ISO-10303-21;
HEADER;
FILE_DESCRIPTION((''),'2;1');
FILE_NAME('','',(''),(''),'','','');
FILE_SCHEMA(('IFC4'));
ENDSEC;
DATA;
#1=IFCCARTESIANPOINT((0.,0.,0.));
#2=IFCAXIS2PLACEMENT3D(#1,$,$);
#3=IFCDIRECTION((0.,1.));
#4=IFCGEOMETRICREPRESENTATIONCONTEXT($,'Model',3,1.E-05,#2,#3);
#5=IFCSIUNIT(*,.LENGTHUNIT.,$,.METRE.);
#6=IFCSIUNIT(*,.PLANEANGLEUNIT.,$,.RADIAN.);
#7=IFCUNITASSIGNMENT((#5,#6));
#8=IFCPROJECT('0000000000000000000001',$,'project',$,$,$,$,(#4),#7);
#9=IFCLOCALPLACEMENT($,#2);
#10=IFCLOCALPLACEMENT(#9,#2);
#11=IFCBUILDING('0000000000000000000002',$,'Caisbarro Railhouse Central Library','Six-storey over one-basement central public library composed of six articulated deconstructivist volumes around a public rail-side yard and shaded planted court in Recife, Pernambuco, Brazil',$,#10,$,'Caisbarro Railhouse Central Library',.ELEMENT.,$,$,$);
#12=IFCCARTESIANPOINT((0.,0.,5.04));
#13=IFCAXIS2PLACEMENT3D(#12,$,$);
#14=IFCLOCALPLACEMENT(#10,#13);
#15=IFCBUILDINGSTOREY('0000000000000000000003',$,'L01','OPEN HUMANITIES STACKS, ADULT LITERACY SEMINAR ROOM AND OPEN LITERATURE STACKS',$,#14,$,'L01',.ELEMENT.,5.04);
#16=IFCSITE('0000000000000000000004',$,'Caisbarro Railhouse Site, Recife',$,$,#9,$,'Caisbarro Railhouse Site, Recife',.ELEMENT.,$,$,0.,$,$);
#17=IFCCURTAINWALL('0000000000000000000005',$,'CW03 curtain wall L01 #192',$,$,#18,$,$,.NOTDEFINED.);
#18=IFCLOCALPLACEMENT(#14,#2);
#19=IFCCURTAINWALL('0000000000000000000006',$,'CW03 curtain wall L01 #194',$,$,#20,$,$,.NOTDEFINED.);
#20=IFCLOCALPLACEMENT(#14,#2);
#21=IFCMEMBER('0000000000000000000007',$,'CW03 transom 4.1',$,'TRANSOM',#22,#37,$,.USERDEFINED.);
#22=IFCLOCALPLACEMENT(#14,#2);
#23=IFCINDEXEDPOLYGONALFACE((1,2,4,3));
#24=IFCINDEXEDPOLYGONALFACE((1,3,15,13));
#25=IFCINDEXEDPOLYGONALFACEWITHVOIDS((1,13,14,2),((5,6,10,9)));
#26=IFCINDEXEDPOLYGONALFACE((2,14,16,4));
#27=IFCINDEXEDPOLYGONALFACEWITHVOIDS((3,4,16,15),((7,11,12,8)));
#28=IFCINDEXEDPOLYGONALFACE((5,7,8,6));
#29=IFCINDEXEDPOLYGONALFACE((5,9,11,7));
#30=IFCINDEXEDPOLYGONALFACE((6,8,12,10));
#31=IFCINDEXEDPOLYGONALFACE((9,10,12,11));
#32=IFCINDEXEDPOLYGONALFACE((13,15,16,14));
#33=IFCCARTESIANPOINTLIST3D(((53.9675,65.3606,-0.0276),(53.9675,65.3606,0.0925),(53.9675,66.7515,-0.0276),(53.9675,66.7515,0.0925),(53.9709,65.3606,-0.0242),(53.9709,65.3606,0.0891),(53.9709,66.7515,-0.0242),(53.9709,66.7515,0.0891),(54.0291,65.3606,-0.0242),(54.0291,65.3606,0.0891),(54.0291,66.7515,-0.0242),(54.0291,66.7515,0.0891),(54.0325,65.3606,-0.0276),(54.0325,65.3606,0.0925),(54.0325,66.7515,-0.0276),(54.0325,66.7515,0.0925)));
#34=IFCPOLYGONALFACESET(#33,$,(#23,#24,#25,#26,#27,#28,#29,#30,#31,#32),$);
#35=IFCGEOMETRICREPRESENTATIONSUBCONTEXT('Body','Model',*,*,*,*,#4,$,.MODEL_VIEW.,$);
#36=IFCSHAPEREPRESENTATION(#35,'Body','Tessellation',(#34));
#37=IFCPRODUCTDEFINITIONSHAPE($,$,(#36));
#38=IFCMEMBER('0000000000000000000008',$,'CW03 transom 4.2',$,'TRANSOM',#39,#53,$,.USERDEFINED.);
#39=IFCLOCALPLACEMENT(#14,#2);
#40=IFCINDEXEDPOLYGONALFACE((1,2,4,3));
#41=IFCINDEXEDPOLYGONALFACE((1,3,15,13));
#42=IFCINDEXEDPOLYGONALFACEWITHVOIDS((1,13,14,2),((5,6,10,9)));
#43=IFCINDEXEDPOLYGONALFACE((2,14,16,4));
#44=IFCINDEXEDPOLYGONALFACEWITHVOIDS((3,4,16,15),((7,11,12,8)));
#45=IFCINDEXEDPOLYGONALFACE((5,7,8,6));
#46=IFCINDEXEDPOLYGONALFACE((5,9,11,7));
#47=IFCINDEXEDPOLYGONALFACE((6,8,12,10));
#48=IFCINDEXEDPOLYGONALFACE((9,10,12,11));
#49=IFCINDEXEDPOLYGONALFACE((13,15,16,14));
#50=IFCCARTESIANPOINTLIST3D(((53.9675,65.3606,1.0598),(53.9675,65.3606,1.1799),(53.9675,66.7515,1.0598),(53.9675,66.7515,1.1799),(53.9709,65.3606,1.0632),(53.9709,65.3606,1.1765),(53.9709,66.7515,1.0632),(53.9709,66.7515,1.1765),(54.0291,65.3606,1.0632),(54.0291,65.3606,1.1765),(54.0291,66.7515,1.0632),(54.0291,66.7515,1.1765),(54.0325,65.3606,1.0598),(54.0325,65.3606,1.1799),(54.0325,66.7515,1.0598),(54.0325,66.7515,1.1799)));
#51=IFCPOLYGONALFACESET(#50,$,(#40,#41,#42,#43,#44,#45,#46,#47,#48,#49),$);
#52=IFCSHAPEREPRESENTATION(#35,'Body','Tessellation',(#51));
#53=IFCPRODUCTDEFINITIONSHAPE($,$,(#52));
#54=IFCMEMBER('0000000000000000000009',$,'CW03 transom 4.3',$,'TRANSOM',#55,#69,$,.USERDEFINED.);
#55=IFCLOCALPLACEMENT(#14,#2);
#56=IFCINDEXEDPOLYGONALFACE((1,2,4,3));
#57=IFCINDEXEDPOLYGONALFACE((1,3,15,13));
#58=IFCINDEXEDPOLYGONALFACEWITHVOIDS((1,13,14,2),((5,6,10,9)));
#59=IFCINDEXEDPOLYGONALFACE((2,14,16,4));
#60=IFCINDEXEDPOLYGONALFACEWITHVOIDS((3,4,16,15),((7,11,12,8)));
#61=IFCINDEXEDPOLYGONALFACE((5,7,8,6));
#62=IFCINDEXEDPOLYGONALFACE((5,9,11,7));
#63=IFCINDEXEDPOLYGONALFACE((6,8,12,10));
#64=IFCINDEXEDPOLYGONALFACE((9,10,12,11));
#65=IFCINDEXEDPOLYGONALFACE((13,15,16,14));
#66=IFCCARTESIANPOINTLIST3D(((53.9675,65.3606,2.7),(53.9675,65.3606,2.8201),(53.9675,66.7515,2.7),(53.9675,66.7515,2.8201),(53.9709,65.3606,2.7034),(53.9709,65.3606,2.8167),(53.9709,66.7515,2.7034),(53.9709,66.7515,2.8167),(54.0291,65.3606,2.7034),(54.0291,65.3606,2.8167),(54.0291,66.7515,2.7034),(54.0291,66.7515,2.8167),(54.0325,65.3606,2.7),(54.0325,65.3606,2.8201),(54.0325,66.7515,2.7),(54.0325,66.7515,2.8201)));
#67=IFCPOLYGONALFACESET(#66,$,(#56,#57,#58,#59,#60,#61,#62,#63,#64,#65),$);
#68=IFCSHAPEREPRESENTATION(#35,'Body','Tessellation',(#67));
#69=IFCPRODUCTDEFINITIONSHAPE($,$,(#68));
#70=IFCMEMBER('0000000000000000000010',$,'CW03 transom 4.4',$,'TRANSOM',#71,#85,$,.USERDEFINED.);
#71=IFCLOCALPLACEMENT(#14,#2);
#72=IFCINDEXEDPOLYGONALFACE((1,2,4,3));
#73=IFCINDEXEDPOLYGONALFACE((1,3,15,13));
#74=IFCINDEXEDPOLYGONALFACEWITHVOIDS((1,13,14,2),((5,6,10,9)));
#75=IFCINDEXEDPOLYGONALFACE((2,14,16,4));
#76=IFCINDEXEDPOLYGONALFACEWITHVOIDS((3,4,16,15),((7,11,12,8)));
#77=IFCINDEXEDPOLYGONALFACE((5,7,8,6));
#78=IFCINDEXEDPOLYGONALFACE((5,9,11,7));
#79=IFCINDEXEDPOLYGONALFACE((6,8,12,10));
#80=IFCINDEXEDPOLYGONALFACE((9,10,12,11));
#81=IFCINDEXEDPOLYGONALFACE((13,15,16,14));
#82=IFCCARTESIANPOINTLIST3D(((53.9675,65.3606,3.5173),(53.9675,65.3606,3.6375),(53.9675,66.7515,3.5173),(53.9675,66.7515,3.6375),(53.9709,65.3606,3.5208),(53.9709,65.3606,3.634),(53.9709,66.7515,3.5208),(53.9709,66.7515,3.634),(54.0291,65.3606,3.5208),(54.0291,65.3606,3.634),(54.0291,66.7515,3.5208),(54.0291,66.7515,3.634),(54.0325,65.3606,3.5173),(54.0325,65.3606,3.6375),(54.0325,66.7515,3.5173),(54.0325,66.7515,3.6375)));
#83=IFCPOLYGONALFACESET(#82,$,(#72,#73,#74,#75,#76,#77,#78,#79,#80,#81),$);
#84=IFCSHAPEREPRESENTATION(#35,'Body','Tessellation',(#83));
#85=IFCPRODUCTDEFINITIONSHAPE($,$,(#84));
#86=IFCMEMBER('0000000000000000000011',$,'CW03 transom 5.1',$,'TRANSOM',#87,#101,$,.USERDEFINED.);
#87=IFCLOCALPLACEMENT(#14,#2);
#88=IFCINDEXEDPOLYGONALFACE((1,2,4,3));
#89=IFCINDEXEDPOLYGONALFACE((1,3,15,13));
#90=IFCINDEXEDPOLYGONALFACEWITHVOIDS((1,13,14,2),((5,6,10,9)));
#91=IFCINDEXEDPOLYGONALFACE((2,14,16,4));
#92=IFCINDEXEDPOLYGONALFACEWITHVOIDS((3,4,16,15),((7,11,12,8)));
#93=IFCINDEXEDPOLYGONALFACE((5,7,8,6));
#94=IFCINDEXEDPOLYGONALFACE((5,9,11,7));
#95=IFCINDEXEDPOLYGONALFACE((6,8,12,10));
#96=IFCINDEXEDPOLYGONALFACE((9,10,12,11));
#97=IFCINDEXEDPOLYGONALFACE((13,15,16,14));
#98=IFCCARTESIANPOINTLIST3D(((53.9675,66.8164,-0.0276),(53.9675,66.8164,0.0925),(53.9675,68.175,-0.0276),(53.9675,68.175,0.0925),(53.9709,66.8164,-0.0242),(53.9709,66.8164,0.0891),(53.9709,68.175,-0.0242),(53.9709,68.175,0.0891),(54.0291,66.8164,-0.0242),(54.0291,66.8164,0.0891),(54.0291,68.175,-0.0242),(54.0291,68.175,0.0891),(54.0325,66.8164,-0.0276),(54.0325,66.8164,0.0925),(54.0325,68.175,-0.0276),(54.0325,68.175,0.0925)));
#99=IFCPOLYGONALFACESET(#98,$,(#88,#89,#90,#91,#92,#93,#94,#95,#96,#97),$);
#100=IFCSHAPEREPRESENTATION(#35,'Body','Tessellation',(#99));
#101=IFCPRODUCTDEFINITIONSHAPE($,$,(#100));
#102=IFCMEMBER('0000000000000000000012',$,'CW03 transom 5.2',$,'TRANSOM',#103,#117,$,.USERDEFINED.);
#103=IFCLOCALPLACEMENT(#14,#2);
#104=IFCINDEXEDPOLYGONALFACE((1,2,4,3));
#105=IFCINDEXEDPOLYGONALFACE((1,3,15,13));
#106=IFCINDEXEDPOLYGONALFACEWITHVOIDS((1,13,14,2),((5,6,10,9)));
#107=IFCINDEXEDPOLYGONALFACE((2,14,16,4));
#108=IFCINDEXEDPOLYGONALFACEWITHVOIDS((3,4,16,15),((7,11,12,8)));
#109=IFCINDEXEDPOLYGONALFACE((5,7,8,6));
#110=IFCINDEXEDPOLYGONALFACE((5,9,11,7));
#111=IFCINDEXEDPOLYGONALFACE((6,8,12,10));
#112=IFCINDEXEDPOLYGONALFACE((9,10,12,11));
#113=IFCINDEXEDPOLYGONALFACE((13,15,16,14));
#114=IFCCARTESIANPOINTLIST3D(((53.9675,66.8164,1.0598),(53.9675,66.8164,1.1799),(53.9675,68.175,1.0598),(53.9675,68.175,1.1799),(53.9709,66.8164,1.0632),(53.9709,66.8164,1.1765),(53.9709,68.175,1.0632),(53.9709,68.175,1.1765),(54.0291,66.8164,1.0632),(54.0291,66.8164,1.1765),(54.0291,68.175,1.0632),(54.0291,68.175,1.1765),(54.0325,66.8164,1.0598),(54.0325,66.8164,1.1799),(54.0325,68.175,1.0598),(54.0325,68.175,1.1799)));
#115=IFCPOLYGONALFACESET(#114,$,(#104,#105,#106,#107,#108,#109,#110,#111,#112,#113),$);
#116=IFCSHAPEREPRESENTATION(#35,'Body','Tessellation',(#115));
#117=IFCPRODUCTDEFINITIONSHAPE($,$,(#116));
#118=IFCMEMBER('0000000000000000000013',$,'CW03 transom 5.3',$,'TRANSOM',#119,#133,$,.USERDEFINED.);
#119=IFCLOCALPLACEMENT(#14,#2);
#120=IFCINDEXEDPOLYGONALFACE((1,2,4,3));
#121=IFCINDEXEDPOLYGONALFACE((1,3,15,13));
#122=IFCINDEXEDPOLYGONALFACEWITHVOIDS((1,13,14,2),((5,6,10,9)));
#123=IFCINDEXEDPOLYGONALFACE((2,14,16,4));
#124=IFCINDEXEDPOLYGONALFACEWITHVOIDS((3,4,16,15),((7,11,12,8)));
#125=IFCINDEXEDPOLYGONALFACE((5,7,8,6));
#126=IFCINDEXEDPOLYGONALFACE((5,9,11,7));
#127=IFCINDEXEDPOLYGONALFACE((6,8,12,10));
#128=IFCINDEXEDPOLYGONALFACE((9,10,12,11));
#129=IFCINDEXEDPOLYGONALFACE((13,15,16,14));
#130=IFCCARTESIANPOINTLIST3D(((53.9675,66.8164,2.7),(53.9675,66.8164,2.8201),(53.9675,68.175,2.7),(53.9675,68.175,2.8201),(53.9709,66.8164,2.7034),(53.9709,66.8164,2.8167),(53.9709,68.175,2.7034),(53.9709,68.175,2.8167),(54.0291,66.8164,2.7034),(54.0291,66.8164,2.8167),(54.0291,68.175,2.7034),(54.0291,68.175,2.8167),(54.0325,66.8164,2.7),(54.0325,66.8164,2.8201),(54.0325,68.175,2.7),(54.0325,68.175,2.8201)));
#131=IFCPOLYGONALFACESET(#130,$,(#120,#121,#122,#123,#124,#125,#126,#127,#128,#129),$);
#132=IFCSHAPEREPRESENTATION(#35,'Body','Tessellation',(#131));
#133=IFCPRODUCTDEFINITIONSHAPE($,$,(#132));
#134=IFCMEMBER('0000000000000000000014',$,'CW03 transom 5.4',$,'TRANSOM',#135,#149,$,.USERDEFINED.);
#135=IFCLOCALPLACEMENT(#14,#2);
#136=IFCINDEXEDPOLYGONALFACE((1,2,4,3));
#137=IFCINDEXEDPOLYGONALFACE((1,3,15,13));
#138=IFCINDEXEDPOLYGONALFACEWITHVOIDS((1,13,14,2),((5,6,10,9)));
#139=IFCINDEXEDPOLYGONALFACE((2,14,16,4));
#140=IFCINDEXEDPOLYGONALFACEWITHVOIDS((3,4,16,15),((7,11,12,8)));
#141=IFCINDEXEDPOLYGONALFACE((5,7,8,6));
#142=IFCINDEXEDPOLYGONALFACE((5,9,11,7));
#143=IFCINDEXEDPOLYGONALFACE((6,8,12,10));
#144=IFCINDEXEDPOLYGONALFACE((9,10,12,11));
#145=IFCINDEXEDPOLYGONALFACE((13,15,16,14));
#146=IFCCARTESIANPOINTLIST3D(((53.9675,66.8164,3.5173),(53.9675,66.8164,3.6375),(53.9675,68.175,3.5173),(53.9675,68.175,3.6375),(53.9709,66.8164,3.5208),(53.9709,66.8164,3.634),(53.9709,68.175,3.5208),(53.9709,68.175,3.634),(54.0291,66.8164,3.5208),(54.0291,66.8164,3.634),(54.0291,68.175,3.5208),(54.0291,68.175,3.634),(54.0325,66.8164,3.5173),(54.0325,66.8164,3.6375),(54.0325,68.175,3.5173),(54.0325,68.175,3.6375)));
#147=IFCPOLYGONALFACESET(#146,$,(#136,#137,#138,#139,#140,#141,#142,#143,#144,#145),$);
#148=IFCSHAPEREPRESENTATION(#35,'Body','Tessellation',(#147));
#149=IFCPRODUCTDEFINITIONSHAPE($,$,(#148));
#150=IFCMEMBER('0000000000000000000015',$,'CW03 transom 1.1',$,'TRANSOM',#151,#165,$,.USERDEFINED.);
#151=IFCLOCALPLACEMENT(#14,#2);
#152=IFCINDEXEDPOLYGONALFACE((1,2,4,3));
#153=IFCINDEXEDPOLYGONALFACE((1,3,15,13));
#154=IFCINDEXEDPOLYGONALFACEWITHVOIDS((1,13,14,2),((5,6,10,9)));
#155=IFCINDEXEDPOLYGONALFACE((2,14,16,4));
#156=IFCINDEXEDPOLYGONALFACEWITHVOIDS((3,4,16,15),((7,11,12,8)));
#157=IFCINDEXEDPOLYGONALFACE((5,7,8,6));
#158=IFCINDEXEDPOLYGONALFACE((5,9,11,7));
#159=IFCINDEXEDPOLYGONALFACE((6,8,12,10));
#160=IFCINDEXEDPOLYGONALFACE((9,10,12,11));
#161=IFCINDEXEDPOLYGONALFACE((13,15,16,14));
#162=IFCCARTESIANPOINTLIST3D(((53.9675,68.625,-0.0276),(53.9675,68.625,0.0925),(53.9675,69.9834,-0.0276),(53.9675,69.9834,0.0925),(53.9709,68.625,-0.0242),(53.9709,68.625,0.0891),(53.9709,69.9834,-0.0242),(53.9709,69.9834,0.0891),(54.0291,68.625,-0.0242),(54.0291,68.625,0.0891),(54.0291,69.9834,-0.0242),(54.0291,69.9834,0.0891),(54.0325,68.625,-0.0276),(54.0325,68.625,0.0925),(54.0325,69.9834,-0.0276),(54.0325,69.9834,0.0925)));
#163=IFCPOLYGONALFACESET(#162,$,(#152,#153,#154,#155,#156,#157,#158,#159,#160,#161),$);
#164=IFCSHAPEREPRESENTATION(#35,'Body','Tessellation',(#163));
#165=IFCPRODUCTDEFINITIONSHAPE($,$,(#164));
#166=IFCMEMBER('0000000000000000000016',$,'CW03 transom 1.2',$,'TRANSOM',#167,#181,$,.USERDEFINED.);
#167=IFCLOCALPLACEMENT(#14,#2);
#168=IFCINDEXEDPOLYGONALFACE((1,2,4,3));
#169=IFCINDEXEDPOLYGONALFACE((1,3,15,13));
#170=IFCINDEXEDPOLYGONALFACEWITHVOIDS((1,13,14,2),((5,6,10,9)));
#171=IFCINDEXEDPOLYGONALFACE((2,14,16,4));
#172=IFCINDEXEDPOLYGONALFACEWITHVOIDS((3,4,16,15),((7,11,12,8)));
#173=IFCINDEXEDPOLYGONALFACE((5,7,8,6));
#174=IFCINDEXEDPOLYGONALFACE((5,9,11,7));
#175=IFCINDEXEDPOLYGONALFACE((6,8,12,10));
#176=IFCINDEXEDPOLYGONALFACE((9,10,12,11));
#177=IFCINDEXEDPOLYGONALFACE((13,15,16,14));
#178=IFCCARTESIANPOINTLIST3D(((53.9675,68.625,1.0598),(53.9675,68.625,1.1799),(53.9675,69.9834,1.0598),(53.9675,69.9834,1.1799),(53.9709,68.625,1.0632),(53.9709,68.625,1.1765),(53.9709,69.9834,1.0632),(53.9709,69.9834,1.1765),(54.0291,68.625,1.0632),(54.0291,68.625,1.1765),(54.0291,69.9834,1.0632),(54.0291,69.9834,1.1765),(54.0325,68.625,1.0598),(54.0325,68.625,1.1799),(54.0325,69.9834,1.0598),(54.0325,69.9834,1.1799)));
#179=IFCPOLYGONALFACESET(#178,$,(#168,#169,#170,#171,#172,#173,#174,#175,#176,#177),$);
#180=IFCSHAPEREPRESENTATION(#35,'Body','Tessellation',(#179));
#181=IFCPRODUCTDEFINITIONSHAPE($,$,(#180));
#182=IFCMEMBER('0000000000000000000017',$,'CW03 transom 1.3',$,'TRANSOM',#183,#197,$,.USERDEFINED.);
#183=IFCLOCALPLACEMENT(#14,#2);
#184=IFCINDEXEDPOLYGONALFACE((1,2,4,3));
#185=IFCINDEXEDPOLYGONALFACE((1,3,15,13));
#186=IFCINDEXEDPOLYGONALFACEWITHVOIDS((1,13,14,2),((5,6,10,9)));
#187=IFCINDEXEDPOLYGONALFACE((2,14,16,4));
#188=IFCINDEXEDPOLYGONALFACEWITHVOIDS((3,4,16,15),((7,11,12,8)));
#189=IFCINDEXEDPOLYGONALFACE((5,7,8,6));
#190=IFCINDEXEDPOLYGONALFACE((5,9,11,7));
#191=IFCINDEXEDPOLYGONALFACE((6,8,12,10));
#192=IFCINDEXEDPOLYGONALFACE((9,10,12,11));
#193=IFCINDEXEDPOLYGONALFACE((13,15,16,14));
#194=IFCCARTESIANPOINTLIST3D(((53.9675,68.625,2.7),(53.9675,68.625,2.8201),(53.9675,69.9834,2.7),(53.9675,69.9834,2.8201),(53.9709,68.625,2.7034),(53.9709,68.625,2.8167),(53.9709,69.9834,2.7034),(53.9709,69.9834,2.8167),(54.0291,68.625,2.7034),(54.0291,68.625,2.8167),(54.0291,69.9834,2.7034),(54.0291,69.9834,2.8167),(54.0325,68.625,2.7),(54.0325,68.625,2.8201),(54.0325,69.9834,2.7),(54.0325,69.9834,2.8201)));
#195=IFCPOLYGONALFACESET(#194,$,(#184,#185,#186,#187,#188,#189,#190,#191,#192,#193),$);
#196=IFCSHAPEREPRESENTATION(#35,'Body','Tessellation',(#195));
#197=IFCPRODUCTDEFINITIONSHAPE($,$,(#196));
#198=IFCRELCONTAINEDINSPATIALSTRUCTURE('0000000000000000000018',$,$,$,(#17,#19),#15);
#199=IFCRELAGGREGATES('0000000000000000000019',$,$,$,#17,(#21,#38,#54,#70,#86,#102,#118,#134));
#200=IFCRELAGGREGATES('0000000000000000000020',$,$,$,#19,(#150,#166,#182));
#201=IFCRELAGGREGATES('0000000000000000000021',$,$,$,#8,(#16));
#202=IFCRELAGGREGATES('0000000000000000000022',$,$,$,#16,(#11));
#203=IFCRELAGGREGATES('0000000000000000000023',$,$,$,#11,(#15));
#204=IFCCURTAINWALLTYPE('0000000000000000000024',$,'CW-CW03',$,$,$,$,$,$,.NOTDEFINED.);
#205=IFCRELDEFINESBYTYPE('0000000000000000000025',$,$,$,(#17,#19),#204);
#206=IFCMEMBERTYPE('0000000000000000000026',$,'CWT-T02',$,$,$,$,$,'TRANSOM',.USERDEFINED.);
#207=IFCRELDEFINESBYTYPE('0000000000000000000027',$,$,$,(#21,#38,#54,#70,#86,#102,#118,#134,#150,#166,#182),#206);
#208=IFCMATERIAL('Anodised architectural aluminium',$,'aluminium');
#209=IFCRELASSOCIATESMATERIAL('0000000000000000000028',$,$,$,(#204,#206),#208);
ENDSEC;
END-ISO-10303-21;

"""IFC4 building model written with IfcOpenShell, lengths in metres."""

from ifc_helpers import new_model, si_unit, direction, frame, origin, origin_2d, place, context, subcontext, project, spatial, hollow_rectangle, extrude, material, material_profile, profile_set, type_object, element, aggregate, save


model = new_model("IFC4")

# Units and contexts
model_context = context("Model", 3, precision=1e-05, world=origin(), true_north=direction((0.0, 1.0)))
body_context = subcontext(model_context, "Body", "Model", "MODEL_VIEW")
ifc_project = project(units=[si_unit("LENGTHUNIT", "METRE"), si_unit("PLANEANGLEUNIT", "RADIAN")], contexts=[model_context])

# Site, building, storey
site_placement = place(None, origin())
site = spatial("IfcSite", under=ifc_project, at=site_placement, Name="Caisbarro Railhouse Site, Recife", LongName="Caisbarro Railhouse Site, Recife", CompositionType="ELEMENT", RefElevation=0.0)
building_placement = place(site_placement, origin())
building = spatial("IfcBuilding", under=site, at=building_placement, Name="Caisbarro Railhouse Central Library", Description="Six-storey over one-basement central public library composed of six articulated deconstructivist volumes around a public rail-side yard and shaded planted court in Recife, Pernambuco, Brazil", LongName="Caisbarro Railhouse Central Library", CompositionType="ELEMENT")
storey_placement = place(building_placement, frame((0.0, 0.0, 5.04)))
storey = spatial("IfcBuildingStorey", under=building, at=storey_placement, Name="L01", Description="OPEN HUMANITIES STACKS, ADULT LITERACY SEMINAR ROOM AND OPEN LITERATURE STACKS", LongName="L01", CompositionType="ELEMENT", Elevation=5.04)

# Curtain wall
ifc_material_1 = material(Name="Anodised architectural aluminium", Category="aluminium")
curtain_wall_type = type_object("IfcCurtainWallType", Name="CW-CW03", PredefinedType="NOTDEFINED", material=ifc_material_1)
curtain_wall_1_placement = place(storey_placement, origin())
curtain_wall_1 = element("IfcCurtainWall", 1, at=curtain_wall_1_placement, inside=storey, type_object=curtain_wall_type, Name="CW03 curtain wall L01 #192", PredefinedType="NOTDEFINED")

# Curtain wall
curtain_wall_2_placement = place(storey_placement, origin())
curtain_wall_2 = element("IfcCurtainWall", 2, at=curtain_wall_2_placement, inside=storey, type_object=curtain_wall_type, Name="CW03 curtain wall L01 #194", PredefinedType="NOTDEFINED")

# Members
ifc_material_profile_1 = material_profile(ifc_material_1, hollow_rectangle(XDim=0.0649, YDim=0.1201, WallThickness=0.0034, at=origin_2d()), Name="ALU-TRN-65X120")
ifc_profile_set_1 = profile_set([ifc_material_profile_1], Name="Anodised architectural aluminium")
member_type_1 = type_object("IfcMemberType", Name="CWT-T02", ElementType="TRANSOM", PredefinedType="USERDEFINED", material=ifc_profile_set_1)
member_1_placement = place(storey_placement, frame((54.0, 65.3606, 0.0325), z_axis=(0.0, 1.0, 0.0), x_axis=(-1.0, 0.0, 0.0)))
member_1 = element("IfcMember", 3, at=member_1_placement, type_object=member_type_1, Name="CW03 transom 4.1", ObjectType="TRANSOM", PredefinedType="USERDEFINED", context=body_context, shape_type="SweptSolid", body=[
    extrude(hollow_rectangle(XDim=0.0649, YDim=0.1201, WallThickness=0.0034, at=origin_2d()), origin(), (0.0, 0.0, 1.0), 1.3909),
])
member_2_placement = place(storey_placement, frame((54.0, 65.3606, 1.1199), z_axis=(0.0, 1.0, 0.0), x_axis=(-1.0, 0.0, 0.0)))
member_2 = element("IfcMember", 4, at=member_2_placement, type_object=member_type_1, Name="CW03 transom 4.2", ObjectType="TRANSOM", PredefinedType="USERDEFINED", context=body_context, shape_type="SweptSolid", body=[
    extrude(hollow_rectangle(XDim=0.0649, YDim=0.1201, WallThickness=0.0034, at=origin_2d()), origin(), (0.0, 0.0, 1.0), 1.3909),
])
member_3_placement = place(storey_placement, frame((54.0, 65.3606, 2.76), z_axis=(0.0, 1.0, 0.0), x_axis=(-1.0, 0.0, 0.0)))
member_3 = element("IfcMember", 5, at=member_3_placement, type_object=member_type_1, Name="CW03 transom 4.3", ObjectType="TRANSOM", PredefinedType="USERDEFINED", context=body_context, shape_type="SweptSolid", body=[
    extrude(hollow_rectangle(XDim=0.0649, YDim=0.1201, WallThickness=0.0034, at=origin_2d()), origin(), (0.0, 0.0, 1.0), 1.3909),
])
member_4_placement = place(storey_placement, frame((54.0, 65.3606, 3.5774), z_axis=(0.0, 1.0, 0.0), x_axis=(-1.0, 0.0, 0.0)))
member_4 = element("IfcMember", 6, at=member_4_placement, type_object=member_type_1, Name="CW03 transom 4.4", ObjectType="TRANSOM", PredefinedType="USERDEFINED", context=body_context, shape_type="SweptSolid", body=[
    extrude(hollow_rectangle(XDim=0.0649, YDim=0.1201, WallThickness=0.0034, at=origin_2d()), origin(), (0.0, 0.0, 1.0), 1.3909),
])
member_5_placement = place(storey_placement, frame((54.0, 66.8164, 0.0325), z_axis=(0.0, 1.0, 0.0), x_axis=(-1.0, 0.0, 0.0)))
member_5 = element("IfcMember", 7, at=member_5_placement, type_object=member_type_1, Name="CW03 transom 5.1", ObjectType="TRANSOM", PredefinedType="USERDEFINED", context=body_context, shape_type="SweptSolid", body=[
    extrude(hollow_rectangle(XDim=0.0649, YDim=0.1201, WallThickness=0.0034, at=origin_2d()), origin(), (0.0, 0.0, 1.0), 1.3586),
])
member_6_placement = place(storey_placement, frame((54.0, 66.8164, 1.1199), z_axis=(0.0, 1.0, 0.0), x_axis=(-1.0, 0.0, 0.0)))
member_6 = element("IfcMember", 8, at=member_6_placement, type_object=member_type_1, Name="CW03 transom 5.2", ObjectType="TRANSOM", PredefinedType="USERDEFINED", context=body_context, shape_type="SweptSolid", body=[
    extrude(hollow_rectangle(XDim=0.0649, YDim=0.1201, WallThickness=0.0034, at=origin_2d()), origin(), (0.0, 0.0, 1.0), 1.3586),
])
member_7_placement = place(storey_placement, frame((54.0, 66.8164, 2.76), z_axis=(0.0, 1.0, 0.0), x_axis=(-1.0, 0.0, 0.0)))
member_7 = element("IfcMember", 9, at=member_7_placement, type_object=member_type_1, Name="CW03 transom 5.3", ObjectType="TRANSOM", PredefinedType="USERDEFINED", context=body_context, shape_type="SweptSolid", body=[
    extrude(hollow_rectangle(XDim=0.0649, YDim=0.1201, WallThickness=0.0034, at=origin_2d()), origin(), (0.0, 0.0, 1.0), 1.3586),
])
member_8_placement = place(storey_placement, frame((54.0, 66.8164, 3.5774), z_axis=(0.0, 1.0, 0.0), x_axis=(-1.0, 0.0, 0.0)))
member_8 = element("IfcMember", 10, at=member_8_placement, type_object=member_type_1, Name="CW03 transom 5.4", ObjectType="TRANSOM", PredefinedType="USERDEFINED", context=body_context, shape_type="SweptSolid", body=[
    extrude(hollow_rectangle(XDim=0.0649, YDim=0.1201, WallThickness=0.0034, at=origin_2d()), origin(), (0.0, 0.0, 1.0), 1.3586),
])
member_9_placement = place(storey_placement, frame((54.0, 68.625, 0.0325), z_axis=(0.0, 1.0, 0.0), x_axis=(-1.0, 0.0, 0.0)))
member_9 = element("IfcMember", 11, at=member_9_placement, type_object=member_type_1, Name="CW03 transom 1.1", ObjectType="TRANSOM", PredefinedType="USERDEFINED", context=body_context, shape_type="SweptSolid", body=[
    extrude(hollow_rectangle(XDim=0.0649, YDim=0.1201, WallThickness=0.0034, at=origin_2d()), origin(), (0.0, 0.0, 1.0), 1.3584),
])
member_10_placement = place(storey_placement, frame((54.0, 68.625, 1.1199), z_axis=(0.0, 1.0, 0.0), x_axis=(-1.0, 0.0, 0.0)))
member_10 = element("IfcMember", 12, at=member_10_placement, type_object=member_type_1, Name="CW03 transom 1.2", ObjectType="TRANSOM", PredefinedType="USERDEFINED", context=body_context, shape_type="SweptSolid", body=[
    extrude(hollow_rectangle(XDim=0.0649, YDim=0.1201, WallThickness=0.0034, at=origin_2d()), origin(), (0.0, 0.0, 1.0), 1.3584),
])
member_11_placement = place(storey_placement, frame((54.0, 68.625, 2.76), z_axis=(0.0, 1.0, 0.0), x_axis=(-1.0, 0.0, 0.0)))
member_11 = element("IfcMember", 13, at=member_11_placement, type_object=member_type_1, Name="CW03 transom 1.3", ObjectType="TRANSOM", PredefinedType="USERDEFINED", context=body_context, shape_type="SweptSolid", body=[
    extrude(hollow_rectangle(XDim=0.0649, YDim=0.1201, WallThickness=0.0034, at=origin_2d()), origin(), (0.0, 0.0, 1.0), 1.3584),
])

aggregate(curtain_wall_1, [member_1, member_2, member_3, member_4, member_5, member_6, member_7, member_8])
aggregate(curtain_wall_2, [member_9, member_10, member_11])

save(model, "model.ifc")
